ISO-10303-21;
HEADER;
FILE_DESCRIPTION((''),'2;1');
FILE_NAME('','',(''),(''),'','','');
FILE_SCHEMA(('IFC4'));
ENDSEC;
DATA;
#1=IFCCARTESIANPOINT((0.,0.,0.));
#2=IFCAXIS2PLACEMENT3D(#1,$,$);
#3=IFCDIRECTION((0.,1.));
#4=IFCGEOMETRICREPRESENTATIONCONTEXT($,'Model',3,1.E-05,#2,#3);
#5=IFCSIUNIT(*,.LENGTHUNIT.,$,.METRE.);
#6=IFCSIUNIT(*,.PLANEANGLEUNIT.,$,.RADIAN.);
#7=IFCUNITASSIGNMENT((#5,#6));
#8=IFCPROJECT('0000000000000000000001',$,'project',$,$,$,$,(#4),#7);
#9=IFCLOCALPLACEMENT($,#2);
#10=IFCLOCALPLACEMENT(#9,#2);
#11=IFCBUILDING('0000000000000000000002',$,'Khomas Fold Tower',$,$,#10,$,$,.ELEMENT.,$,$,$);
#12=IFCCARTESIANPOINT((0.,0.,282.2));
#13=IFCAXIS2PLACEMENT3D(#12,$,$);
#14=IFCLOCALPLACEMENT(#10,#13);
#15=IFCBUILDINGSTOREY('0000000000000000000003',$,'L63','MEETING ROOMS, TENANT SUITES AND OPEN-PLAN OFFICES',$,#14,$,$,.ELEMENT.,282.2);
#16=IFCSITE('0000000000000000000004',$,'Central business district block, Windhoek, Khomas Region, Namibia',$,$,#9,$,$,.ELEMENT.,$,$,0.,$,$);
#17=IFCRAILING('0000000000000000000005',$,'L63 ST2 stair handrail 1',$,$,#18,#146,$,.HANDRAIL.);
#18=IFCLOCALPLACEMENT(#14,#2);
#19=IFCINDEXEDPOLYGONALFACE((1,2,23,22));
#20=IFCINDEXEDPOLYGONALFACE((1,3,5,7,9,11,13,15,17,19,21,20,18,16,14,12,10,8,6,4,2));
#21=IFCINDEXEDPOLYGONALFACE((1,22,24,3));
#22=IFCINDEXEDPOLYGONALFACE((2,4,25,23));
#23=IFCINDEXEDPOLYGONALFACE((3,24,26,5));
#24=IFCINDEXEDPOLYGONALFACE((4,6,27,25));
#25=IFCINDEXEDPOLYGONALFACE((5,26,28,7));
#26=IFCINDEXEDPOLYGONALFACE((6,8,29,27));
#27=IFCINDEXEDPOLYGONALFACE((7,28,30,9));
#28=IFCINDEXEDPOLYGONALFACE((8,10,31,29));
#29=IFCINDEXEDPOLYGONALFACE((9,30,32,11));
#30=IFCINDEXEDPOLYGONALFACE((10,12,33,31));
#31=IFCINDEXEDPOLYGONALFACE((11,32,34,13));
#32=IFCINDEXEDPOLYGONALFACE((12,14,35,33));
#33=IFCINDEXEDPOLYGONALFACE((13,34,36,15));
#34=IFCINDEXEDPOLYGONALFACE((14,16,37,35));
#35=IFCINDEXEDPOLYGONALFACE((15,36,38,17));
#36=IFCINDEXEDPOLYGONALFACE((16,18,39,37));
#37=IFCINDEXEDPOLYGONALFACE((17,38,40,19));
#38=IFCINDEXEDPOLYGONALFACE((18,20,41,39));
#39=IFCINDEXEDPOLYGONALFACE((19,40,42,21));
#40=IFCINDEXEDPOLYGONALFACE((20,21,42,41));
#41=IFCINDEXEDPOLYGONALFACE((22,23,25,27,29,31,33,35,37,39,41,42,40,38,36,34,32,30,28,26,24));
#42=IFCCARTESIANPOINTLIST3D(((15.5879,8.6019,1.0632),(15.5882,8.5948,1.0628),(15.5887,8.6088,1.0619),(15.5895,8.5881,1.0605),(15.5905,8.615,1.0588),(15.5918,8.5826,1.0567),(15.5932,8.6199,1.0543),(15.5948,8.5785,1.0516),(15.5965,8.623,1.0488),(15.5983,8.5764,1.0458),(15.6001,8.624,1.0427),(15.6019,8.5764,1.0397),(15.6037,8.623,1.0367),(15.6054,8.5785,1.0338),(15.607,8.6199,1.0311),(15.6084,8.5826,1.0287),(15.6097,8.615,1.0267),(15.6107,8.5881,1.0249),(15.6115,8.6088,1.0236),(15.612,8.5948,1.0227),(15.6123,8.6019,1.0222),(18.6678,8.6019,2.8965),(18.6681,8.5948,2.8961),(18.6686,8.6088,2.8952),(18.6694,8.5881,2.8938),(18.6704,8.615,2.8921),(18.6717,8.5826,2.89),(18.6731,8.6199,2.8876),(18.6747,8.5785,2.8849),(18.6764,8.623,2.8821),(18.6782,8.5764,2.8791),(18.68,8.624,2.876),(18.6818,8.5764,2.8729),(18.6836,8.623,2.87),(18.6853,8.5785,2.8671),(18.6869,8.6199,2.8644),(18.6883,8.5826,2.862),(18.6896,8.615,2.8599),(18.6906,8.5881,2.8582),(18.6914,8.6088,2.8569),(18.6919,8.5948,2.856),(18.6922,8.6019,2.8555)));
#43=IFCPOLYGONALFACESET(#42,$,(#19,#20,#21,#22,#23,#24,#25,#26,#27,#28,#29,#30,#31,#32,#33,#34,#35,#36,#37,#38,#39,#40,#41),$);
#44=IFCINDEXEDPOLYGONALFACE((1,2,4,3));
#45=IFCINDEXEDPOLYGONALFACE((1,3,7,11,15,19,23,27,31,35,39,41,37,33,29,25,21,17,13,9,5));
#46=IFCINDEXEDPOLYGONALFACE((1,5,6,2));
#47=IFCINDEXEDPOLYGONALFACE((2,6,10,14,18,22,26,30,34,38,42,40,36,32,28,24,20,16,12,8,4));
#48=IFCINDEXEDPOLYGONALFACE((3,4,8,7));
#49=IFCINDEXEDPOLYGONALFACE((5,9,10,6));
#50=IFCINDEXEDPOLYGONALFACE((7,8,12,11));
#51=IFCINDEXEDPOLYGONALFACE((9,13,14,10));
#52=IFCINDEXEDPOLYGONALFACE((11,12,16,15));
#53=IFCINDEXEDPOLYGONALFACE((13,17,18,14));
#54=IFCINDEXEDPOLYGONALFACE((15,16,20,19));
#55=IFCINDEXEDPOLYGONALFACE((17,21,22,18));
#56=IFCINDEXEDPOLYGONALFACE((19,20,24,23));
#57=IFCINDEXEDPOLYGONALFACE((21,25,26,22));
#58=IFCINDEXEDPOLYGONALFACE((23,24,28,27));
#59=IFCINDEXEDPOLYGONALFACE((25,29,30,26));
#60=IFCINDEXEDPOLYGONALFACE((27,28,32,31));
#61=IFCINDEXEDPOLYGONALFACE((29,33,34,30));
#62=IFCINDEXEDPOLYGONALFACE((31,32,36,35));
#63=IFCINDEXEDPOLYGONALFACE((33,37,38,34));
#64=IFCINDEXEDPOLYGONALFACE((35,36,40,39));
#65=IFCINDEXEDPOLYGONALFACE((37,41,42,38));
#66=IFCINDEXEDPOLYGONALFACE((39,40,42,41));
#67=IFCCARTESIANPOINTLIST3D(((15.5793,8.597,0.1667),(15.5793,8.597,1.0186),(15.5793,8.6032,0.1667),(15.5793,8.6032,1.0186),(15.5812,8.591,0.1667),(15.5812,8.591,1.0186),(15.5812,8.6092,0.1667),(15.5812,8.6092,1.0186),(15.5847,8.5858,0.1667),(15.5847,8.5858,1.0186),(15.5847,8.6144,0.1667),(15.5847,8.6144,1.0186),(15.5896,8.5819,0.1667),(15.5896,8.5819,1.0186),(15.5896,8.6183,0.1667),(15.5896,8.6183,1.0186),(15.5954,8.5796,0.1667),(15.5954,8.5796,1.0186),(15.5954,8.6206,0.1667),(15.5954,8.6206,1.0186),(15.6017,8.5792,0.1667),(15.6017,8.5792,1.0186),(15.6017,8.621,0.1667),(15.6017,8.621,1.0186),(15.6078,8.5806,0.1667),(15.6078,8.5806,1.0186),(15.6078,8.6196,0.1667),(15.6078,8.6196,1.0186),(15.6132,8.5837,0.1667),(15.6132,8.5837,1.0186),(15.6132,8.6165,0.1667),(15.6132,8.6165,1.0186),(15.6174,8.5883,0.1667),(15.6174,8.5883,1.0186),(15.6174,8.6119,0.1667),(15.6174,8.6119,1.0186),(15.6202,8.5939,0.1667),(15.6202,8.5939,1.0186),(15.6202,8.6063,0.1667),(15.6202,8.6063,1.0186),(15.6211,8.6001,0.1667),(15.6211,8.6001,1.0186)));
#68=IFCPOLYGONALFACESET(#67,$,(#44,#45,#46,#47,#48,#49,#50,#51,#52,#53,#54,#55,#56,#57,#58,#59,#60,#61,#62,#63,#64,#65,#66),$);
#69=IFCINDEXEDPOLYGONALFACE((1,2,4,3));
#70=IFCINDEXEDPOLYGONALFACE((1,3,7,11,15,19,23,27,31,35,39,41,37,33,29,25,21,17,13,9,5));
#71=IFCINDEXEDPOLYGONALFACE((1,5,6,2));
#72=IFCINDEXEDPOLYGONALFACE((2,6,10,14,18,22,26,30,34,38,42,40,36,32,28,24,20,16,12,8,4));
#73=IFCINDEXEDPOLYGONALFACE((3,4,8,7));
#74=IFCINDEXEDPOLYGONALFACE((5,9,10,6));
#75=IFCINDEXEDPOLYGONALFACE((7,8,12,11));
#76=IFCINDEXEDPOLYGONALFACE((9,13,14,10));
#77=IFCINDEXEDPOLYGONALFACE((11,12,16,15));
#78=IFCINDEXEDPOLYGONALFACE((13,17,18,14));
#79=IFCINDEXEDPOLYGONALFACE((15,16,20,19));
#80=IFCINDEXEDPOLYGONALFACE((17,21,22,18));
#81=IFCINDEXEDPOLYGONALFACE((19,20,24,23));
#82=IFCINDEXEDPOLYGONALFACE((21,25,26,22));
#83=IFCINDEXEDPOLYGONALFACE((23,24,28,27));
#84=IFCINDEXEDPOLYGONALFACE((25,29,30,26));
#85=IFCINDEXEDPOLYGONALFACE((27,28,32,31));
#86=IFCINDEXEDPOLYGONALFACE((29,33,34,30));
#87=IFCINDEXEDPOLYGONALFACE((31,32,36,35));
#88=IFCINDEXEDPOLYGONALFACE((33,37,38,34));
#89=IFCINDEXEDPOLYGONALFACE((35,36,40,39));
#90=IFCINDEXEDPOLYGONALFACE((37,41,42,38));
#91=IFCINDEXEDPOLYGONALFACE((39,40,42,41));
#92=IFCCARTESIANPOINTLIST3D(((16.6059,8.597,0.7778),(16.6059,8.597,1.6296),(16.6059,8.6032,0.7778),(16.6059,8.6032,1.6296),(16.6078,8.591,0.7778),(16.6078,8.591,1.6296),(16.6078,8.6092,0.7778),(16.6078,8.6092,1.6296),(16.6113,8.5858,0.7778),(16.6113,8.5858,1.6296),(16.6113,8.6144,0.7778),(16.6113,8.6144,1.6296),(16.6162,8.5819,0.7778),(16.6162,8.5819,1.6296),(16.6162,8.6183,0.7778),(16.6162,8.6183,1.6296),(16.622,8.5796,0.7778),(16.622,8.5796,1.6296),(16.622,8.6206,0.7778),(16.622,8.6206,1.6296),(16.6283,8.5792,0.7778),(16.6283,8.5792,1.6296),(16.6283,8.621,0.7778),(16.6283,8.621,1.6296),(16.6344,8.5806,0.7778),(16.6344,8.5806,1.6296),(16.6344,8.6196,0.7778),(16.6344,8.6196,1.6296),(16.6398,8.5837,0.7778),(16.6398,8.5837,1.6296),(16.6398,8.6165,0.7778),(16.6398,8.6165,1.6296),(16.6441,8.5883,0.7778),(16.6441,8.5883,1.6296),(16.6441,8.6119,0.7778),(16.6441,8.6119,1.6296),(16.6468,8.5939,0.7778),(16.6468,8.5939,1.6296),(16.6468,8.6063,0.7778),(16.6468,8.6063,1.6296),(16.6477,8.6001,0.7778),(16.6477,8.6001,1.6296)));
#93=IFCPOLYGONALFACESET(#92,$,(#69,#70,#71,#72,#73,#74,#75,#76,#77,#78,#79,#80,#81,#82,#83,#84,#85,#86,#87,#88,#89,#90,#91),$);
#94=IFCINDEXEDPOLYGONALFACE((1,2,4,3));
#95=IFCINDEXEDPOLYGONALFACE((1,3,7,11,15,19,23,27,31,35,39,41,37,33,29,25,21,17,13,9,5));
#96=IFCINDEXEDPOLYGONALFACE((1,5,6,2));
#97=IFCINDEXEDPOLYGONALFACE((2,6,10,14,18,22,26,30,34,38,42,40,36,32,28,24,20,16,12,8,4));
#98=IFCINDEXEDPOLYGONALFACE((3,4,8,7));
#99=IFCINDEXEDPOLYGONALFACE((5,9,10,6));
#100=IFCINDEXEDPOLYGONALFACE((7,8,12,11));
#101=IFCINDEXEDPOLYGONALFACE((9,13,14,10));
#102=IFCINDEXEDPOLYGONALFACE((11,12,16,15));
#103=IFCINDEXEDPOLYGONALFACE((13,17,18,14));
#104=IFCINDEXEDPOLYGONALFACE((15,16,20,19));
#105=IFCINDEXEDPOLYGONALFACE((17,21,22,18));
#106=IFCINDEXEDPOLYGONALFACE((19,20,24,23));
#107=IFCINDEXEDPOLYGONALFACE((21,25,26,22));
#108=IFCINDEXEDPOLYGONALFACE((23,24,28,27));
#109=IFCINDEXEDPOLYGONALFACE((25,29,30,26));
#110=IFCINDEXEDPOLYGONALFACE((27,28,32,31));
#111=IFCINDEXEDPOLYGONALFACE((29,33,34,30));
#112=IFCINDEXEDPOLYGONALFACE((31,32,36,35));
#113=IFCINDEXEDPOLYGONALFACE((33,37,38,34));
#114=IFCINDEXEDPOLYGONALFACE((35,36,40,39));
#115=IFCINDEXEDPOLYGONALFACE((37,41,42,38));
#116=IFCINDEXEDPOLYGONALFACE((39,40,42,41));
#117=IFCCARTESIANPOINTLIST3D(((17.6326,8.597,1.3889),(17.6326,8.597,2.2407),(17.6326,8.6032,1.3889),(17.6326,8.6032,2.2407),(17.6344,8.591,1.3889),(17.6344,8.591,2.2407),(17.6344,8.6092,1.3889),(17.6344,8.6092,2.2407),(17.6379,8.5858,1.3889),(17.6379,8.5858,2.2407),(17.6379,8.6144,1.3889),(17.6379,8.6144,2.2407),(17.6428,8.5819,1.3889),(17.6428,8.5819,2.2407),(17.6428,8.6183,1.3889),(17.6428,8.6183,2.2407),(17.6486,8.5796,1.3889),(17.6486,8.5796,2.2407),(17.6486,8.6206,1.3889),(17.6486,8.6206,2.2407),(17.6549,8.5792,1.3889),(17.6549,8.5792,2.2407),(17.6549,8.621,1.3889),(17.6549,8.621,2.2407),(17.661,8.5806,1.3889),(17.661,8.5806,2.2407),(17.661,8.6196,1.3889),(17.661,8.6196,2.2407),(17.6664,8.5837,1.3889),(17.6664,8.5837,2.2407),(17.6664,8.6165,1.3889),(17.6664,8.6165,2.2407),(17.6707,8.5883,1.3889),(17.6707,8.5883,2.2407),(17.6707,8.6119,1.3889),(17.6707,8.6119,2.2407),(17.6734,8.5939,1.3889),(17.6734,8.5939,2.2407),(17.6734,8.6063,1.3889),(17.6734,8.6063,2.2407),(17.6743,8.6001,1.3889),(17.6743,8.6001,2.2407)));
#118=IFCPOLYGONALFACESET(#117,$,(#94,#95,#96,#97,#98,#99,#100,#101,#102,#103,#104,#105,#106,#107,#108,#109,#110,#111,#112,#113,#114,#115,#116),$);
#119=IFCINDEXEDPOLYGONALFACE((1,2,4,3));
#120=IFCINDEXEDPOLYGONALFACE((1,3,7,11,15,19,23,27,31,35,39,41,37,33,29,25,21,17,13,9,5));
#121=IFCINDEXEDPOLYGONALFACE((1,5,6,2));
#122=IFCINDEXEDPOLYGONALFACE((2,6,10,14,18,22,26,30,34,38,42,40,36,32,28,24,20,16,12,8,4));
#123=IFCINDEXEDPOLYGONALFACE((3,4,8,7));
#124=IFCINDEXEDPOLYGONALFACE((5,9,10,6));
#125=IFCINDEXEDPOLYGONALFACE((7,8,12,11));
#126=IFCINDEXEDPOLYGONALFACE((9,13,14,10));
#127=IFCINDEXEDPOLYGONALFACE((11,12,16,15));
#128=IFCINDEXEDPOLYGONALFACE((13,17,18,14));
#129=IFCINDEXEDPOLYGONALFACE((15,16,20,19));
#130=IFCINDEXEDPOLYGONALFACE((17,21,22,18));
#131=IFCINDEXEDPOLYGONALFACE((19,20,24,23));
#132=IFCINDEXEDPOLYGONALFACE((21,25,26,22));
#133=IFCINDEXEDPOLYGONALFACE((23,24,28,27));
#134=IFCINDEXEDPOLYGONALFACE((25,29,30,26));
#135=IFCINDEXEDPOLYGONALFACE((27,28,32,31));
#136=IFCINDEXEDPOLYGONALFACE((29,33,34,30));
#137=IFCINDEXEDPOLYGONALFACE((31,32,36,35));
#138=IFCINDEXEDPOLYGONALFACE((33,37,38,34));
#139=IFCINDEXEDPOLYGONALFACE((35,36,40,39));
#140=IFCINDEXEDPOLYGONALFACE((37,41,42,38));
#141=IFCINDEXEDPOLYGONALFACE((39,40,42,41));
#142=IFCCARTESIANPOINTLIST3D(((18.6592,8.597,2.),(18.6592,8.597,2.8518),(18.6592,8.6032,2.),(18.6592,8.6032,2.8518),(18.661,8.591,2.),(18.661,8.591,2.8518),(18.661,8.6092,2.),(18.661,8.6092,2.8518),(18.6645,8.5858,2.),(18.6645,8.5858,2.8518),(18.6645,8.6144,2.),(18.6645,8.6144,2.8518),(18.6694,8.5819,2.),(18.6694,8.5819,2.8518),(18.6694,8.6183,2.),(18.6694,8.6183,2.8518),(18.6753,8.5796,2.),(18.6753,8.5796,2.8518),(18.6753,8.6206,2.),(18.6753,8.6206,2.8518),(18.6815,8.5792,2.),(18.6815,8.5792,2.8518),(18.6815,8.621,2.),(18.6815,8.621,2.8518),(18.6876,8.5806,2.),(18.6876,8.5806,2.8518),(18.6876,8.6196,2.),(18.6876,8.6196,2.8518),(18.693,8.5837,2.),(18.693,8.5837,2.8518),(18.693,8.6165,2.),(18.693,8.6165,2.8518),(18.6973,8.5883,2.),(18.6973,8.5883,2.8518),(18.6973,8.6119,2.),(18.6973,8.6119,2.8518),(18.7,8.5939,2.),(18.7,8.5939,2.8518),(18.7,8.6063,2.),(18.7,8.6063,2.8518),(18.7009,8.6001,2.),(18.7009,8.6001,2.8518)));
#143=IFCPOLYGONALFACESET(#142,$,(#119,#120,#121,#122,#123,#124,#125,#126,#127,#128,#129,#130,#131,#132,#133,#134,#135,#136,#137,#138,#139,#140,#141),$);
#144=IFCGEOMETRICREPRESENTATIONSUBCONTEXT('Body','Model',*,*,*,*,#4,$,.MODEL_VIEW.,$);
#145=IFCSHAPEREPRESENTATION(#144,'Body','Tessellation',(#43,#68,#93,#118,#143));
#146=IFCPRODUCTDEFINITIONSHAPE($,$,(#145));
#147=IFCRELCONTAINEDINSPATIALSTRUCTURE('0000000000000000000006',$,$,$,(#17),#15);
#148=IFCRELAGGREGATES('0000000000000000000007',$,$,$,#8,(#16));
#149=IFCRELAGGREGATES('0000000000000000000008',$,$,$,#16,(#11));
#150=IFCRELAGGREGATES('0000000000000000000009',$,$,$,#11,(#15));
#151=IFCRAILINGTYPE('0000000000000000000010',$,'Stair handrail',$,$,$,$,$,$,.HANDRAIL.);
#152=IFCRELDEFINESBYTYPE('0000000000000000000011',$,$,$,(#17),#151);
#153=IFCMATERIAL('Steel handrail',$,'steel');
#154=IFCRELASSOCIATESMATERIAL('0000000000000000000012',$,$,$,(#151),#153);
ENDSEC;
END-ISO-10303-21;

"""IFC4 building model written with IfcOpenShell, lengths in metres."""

from ifc_helpers import new_model, si_unit, direction, frame, origin, origin_2d, place, context, subcontext, project, spatial, circle, extrude, source, transform, mapped, material, type_object, element, save


model = new_model("IFC4")

# Units and contexts
model_context = context("Model", 3, precision=1e-05, world=origin(), true_north=direction((0.0, 1.0)))
body_context = subcontext(model_context, "Body", "Model", "MODEL_VIEW")
ifc_project = project(units=[si_unit("LENGTHUNIT", "METRE"), si_unit("PLANEANGLEUNIT", "RADIAN")], contexts=[model_context])

# Site, building, storey
site_placement = place(None, origin())
site = spatial("IfcSite", under=ifc_project, at=site_placement, Name="Central business district block, Windhoek, Khomas Region, Namibia", CompositionType="ELEMENT", RefElevation=0.0)
building_placement = place(site_placement, origin())
building = spatial("IfcBuilding", under=site, at=building_placement, Name="Khomas Fold Tower", CompositionType="ELEMENT")
storey_placement = place(building_placement, frame((0.0, 0.0, 282.2)))
storey = spatial("IfcBuildingStorey", under=building, at=storey_placement, Name="L63", Description="MEETING ROOMS, TENANT SUITES AND OPEN-PLAN OFFICES", CompositionType="ELEMENT", Elevation=282.2)

# Railing
ifc_material_1 = material(Name="Steel handrail", Category="steel")
railing_type_1 = type_object("IfcRailingType", Name="Stair handrail", PredefinedType="HANDRAIL", material=ifc_material_1)
shared_shape_1 = source(origin(), body_context, "Body", "SweptSolid", [
    extrude(circle(Radius=0.0239, at=origin_2d()), frame((0.0, 0.0, 0.876), z_axis=(0.859291, 0.0, 0.511487), x_axis=(0.0, 1.0, 0.0)), (0.0, 0.0, 1.0), 3.5842),
    extrude(circle(Radius=0.021, at=origin_2d()), origin(), (0.0, 0.0, 1.0), 0.8518),
    extrude(circle(Radius=0.021, at=origin_2d()), frame((1.0266, 0.0, 0.6111)), (0.0, 0.0, 1.0), 0.8518),
    extrude(circle(Radius=0.021, at=origin_2d()), frame((2.0532, 0.0, 1.2222)), (0.0, 0.0, 1.0), 0.8518),
    extrude(circle(Radius=0.021, at=origin_2d()), frame((3.0798, 0.0, 1.8333)), (0.0, 0.0, 1.0), 0.8518),
])
railing_1_placement = place(storey_placement, frame((15.6001, 8.6001, 0.1667)))
element("IfcRailing", 1, at=railing_1_placement, inside=storey, type_object=railing_type_1, Name="L63 ST2 stair handrail 1", PredefinedType="HANDRAIL", context=body_context, shape_type="MappedRepresentation", body=[
    mapped(shared_shape_1, transform((0.0, 0.0, 0.0))),
])

save(model, "model.ifc")
